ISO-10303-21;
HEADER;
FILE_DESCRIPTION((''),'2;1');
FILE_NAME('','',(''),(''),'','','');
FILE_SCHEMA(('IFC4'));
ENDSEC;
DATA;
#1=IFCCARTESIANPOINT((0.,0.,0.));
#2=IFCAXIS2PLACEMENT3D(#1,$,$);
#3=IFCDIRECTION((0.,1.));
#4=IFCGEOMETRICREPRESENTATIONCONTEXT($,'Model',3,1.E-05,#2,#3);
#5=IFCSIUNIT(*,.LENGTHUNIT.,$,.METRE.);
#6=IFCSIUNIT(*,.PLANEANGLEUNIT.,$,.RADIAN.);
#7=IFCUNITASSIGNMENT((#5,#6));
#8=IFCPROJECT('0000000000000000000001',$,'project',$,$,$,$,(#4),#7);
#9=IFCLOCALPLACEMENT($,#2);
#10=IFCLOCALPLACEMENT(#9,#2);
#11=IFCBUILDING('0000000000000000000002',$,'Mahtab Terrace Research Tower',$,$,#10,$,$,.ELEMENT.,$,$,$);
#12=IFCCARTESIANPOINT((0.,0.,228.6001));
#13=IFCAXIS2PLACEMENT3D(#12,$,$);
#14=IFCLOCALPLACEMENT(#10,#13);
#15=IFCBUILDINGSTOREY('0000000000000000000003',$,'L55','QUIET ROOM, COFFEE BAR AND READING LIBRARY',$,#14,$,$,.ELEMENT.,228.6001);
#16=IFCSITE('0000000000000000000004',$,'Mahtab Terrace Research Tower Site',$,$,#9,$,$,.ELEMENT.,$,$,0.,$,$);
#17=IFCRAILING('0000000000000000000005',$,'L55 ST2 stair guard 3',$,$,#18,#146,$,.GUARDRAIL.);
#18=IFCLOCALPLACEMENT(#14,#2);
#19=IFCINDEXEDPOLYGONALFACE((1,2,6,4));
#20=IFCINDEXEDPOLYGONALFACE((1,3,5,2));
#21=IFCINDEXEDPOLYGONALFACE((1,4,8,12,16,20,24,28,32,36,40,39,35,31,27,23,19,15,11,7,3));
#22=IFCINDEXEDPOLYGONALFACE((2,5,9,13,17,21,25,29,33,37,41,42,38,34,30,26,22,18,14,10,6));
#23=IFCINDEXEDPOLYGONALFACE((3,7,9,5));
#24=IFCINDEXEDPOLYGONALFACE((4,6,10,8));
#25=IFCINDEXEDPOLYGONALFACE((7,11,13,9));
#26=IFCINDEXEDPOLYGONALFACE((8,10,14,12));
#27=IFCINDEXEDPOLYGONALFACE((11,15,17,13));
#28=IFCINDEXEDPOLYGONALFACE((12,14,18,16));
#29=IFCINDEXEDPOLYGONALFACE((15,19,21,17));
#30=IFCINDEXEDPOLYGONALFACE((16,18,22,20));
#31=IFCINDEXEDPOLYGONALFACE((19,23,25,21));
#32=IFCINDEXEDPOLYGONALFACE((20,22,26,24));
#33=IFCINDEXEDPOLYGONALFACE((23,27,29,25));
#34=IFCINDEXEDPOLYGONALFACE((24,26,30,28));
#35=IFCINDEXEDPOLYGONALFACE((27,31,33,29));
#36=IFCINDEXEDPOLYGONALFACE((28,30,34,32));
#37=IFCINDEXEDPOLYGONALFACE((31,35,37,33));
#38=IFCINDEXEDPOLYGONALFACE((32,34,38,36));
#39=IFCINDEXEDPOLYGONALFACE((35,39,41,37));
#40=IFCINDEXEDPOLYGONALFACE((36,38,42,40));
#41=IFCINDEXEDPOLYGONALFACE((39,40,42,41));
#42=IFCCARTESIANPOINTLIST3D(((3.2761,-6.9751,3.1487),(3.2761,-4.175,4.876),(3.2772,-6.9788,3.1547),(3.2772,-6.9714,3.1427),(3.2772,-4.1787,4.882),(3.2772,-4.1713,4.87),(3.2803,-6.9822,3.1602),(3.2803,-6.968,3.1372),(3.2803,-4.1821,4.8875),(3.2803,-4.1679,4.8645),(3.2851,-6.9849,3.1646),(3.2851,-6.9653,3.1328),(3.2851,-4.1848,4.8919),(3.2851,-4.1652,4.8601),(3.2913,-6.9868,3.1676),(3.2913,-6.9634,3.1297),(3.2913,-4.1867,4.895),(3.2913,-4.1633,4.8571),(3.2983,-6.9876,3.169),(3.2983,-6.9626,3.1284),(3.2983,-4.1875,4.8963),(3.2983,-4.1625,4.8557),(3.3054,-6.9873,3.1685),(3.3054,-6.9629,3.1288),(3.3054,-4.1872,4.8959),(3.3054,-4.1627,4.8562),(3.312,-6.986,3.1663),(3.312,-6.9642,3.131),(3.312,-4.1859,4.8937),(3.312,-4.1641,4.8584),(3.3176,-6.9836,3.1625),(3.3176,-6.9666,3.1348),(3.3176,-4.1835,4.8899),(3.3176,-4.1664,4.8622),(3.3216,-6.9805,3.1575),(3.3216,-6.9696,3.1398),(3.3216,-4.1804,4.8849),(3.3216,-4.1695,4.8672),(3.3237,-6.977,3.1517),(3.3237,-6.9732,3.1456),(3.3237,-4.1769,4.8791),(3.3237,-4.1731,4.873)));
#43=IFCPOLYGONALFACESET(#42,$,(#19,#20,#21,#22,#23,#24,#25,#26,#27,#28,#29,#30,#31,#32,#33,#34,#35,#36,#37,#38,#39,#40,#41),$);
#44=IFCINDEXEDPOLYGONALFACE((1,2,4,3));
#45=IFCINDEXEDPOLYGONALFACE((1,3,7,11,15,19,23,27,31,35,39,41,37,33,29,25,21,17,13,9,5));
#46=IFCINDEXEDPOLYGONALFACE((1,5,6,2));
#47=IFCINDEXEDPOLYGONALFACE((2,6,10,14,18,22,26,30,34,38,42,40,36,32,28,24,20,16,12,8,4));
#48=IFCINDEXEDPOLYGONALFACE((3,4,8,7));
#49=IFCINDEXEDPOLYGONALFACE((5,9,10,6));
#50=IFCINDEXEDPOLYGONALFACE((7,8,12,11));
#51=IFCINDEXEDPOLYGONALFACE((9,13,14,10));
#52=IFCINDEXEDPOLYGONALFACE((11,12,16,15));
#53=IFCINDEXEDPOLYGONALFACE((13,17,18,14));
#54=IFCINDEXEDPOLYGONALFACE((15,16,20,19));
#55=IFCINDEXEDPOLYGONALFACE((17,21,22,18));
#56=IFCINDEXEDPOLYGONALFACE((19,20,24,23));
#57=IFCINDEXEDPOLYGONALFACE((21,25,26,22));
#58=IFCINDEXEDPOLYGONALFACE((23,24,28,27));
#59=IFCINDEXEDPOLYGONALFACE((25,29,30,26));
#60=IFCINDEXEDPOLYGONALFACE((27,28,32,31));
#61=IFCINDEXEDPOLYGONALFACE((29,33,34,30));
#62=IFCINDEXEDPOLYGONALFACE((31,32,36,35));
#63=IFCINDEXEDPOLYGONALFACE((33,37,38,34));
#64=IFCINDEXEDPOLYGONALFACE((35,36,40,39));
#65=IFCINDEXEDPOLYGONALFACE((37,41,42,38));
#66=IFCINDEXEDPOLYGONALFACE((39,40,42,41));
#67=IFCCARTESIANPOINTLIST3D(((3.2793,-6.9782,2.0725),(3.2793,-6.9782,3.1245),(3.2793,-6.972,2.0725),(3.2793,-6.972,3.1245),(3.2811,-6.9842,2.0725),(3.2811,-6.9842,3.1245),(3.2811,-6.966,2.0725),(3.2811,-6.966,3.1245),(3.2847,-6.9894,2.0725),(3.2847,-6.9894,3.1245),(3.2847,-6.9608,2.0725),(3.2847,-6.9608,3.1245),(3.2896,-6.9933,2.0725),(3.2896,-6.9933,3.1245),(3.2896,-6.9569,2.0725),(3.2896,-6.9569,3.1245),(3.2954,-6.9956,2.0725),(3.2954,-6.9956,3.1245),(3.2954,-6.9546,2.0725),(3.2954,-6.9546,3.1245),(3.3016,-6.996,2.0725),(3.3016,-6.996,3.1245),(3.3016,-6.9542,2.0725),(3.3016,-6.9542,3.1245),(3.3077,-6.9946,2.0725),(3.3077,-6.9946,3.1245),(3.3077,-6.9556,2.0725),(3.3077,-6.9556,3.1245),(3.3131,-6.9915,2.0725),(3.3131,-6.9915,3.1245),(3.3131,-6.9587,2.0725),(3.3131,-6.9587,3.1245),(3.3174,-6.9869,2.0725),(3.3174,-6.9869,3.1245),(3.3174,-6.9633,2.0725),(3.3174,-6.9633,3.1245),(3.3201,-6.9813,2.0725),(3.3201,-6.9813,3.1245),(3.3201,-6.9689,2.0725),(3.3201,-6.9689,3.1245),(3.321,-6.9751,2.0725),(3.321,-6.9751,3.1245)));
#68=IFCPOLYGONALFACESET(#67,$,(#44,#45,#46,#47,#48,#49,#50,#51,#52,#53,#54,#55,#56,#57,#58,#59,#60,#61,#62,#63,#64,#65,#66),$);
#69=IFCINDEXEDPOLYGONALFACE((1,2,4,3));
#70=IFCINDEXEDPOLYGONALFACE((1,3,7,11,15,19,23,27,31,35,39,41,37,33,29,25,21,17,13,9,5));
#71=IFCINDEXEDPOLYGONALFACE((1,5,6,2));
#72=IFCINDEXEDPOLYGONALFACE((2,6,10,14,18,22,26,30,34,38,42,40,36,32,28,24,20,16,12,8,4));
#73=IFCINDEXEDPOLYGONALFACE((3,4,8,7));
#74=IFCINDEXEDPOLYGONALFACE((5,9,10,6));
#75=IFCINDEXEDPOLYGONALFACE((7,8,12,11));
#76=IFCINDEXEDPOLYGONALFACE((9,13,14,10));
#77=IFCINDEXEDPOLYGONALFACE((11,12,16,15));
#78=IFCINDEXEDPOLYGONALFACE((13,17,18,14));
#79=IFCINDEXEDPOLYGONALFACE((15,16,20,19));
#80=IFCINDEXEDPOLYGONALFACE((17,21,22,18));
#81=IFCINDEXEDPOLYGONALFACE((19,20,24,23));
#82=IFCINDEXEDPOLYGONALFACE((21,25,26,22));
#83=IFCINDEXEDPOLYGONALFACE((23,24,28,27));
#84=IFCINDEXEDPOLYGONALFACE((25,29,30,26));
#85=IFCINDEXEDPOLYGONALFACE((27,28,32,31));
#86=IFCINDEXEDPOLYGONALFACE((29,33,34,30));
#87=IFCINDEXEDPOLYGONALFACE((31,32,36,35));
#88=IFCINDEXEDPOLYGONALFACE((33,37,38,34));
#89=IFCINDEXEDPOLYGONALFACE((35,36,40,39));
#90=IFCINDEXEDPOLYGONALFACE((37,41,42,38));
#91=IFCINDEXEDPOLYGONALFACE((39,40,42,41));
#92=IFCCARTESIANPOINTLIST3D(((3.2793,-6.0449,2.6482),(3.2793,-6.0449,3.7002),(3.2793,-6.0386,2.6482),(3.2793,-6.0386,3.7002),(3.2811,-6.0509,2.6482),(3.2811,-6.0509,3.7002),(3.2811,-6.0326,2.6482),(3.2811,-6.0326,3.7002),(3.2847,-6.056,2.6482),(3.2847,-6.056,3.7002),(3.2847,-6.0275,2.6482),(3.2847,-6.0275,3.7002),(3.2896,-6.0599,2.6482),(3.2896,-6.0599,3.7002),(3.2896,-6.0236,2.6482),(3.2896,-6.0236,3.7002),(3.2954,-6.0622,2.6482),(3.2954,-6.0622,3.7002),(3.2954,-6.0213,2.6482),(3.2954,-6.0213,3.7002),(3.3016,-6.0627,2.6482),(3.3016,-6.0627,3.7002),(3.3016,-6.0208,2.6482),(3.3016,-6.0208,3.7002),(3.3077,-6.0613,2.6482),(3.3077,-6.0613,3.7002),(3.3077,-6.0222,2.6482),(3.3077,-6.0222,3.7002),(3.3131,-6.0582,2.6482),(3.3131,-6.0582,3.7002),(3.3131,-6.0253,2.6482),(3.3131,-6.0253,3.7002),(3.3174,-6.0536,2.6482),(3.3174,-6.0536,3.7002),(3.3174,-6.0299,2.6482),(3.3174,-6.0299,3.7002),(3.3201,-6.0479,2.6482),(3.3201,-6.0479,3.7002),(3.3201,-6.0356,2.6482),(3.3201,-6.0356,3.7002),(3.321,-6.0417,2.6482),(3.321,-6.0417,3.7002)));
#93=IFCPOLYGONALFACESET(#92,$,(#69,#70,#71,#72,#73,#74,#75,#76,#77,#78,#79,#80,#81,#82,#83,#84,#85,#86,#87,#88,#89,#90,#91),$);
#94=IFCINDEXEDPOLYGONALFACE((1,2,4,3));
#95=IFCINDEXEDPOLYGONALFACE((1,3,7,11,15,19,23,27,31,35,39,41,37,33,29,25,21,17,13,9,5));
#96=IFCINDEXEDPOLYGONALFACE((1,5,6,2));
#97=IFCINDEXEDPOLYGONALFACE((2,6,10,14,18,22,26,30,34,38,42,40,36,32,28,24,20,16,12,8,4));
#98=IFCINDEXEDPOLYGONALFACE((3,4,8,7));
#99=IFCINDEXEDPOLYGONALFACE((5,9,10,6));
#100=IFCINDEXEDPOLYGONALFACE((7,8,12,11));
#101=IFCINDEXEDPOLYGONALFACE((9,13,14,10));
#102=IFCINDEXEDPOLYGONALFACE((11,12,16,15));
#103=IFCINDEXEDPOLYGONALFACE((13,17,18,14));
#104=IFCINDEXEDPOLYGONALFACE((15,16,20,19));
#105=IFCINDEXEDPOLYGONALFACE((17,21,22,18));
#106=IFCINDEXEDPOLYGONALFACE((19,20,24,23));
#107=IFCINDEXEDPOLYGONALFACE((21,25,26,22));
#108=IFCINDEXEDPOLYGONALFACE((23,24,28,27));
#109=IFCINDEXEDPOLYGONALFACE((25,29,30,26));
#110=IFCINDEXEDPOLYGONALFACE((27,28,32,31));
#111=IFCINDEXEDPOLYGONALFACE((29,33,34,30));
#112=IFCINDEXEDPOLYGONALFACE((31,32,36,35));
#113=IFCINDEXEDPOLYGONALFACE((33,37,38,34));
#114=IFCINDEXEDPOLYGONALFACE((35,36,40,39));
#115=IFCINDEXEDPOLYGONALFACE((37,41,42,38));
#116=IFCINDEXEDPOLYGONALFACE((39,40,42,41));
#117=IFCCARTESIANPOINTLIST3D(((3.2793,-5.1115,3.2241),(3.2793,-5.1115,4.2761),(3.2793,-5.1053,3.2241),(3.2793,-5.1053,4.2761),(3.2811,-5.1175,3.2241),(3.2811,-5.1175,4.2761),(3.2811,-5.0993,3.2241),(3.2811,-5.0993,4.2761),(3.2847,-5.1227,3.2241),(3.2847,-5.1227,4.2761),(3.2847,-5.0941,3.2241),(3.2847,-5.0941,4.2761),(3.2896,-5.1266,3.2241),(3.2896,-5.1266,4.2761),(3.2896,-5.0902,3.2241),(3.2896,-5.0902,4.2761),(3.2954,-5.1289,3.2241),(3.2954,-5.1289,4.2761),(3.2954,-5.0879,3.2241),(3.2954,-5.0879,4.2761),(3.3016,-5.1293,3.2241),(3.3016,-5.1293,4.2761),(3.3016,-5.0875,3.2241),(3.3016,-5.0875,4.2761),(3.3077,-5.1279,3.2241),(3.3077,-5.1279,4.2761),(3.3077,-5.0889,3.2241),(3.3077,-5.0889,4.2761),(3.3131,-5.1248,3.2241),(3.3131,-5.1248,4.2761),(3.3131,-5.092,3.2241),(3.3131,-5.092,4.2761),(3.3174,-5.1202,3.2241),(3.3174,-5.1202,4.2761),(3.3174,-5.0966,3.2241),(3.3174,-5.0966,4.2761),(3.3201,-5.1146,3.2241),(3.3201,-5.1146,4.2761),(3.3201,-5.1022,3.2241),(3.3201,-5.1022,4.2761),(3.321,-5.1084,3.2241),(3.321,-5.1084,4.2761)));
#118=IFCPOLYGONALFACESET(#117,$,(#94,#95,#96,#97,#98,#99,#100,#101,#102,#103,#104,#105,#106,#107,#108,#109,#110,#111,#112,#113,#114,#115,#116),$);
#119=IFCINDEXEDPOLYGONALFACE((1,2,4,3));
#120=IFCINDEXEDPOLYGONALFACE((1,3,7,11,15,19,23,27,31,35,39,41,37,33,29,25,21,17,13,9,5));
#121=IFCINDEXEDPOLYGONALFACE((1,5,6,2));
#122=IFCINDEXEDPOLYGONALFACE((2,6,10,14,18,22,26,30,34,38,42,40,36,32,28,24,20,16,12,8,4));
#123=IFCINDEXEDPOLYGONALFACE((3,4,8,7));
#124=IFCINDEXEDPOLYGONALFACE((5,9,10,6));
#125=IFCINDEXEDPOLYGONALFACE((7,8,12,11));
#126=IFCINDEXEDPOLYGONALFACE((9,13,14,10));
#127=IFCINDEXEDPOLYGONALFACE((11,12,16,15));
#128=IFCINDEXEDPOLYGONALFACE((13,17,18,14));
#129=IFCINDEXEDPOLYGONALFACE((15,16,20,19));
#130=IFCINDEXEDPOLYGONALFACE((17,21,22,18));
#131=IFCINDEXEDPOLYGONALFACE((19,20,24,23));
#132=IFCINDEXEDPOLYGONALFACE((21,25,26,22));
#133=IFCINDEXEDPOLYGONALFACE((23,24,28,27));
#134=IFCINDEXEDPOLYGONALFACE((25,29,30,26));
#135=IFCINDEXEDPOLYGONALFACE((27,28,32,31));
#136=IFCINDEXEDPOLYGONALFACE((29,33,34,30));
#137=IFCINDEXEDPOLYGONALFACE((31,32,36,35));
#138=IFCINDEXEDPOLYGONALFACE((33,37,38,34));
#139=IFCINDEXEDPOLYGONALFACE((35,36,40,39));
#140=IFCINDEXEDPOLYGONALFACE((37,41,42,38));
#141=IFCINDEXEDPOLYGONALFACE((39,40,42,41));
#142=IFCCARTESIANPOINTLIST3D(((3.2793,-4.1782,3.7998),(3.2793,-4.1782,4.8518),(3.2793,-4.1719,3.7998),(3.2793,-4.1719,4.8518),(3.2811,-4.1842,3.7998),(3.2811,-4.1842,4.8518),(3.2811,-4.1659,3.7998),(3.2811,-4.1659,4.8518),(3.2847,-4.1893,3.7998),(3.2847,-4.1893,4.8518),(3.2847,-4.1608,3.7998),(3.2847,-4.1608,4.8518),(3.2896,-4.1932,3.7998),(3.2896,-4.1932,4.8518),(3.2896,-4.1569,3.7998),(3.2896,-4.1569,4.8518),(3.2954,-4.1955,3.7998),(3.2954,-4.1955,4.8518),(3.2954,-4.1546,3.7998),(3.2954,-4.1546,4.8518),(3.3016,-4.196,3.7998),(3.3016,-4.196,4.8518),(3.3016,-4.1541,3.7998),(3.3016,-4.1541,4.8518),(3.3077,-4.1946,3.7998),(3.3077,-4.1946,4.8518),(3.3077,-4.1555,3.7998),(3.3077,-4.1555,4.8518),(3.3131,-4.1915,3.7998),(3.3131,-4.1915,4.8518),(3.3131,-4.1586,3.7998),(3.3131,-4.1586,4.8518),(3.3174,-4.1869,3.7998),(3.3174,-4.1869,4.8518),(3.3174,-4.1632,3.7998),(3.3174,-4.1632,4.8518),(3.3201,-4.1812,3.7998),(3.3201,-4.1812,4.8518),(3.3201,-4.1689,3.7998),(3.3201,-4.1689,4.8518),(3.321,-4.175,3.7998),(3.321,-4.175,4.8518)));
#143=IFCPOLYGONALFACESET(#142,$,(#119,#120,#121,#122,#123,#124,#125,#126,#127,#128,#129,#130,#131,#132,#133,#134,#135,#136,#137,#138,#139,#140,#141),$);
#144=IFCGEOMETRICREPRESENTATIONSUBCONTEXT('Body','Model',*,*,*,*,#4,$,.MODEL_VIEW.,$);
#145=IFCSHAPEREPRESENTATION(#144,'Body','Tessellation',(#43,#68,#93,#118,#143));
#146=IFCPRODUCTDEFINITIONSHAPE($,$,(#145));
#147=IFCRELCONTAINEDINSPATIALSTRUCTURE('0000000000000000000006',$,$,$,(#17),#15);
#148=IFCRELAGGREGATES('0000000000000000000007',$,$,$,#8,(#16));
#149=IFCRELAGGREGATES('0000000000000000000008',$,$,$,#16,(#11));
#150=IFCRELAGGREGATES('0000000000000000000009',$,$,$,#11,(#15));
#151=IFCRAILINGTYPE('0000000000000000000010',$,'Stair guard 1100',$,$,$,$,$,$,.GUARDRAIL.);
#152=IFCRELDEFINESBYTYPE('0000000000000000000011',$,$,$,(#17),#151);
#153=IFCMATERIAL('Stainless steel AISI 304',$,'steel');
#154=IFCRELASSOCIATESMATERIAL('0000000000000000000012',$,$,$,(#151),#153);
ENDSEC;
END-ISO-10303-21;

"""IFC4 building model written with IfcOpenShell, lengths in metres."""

from ifc_helpers import new_model, si_unit, direction, frame, origin, origin_2d, place, context, subcontext, project, spatial, circle, extrude, material, type_object, element, save


model = new_model("IFC4")

# Units and contexts
model_context = context("Model", 3, precision=1e-05, world=origin(), true_north=direction((0.0, 1.0)))
body_context = subcontext(model_context, "Body", "Model", "MODEL_VIEW")
ifc_project = project(units=[si_unit("LENGTHUNIT", "METRE"), si_unit("PLANEANGLEUNIT", "RADIAN")], contexts=[model_context])

# Site, building, storey
site_placement = place(None, origin())
site = spatial("IfcSite", under=ifc_project, at=site_placement, Name="Mahtab Terrace Research Tower Site", CompositionType="ELEMENT", RefElevation=0.0)
building_placement = place(site_placement, origin())
building = spatial("IfcBuilding", under=site, at=building_placement, Name="Mahtab Terrace Research Tower", CompositionType="ELEMENT")
storey_placement = place(building_placement, frame((0.0, 0.0, 228.6001)))
storey = spatial("IfcBuildingStorey", under=building, at=storey_placement, Name="L55", Description="QUIET ROOM, COFFEE BAR AND READING LIBRARY", CompositionType="ELEMENT", Elevation=228.6001)

# Railing
ifc_material_1 = material(Name="Stainless steel AISI 304", Category="steel")
railing_type_1 = type_object("IfcRailingType", Name="Stair guard 1100", PredefinedType="GUARDRAIL", material=ifc_material_1)
railing_1_placement = place(storey_placement, frame((3.3, -6.9751, 2.0725)))
element("IfcRailing", 1, at=railing_1_placement, inside=storey, type_object=railing_type_1, Name="L55 ST2 stair guard 3", PredefinedType="GUARDRAIL", context=body_context, shape_type="SweptSolid", body=[
    extrude(circle(Radius=0.0239, at=origin_2d()), frame((0.0, 0.0, 1.0762), z_axis=(0.0, 0.85109, 0.52502), x_axis=(-1.0, 0.0, 0.0)), (0.0, 0.0, 1.0), 3.29),
    extrude(circle(Radius=0.021, at=origin_2d()), origin(), (0.0, 0.0, 1.0), 1.052),
    extrude(circle(Radius=0.021, at=origin_2d()), frame((0.0, 0.9333, 0.5757)), (0.0, 0.0, 1.0), 1.052),
    extrude(circle(Radius=0.021, at=origin_2d()), frame((0.0, 1.8667, 1.1516)), (0.0, 0.0, 1.0), 1.052),
    extrude(circle(Radius=0.021, at=origin_2d()), frame((0.0, 2.8, 1.7273)), (0.0, 0.0, 1.0), 1.052),
])

save(model, "model.ifc")
